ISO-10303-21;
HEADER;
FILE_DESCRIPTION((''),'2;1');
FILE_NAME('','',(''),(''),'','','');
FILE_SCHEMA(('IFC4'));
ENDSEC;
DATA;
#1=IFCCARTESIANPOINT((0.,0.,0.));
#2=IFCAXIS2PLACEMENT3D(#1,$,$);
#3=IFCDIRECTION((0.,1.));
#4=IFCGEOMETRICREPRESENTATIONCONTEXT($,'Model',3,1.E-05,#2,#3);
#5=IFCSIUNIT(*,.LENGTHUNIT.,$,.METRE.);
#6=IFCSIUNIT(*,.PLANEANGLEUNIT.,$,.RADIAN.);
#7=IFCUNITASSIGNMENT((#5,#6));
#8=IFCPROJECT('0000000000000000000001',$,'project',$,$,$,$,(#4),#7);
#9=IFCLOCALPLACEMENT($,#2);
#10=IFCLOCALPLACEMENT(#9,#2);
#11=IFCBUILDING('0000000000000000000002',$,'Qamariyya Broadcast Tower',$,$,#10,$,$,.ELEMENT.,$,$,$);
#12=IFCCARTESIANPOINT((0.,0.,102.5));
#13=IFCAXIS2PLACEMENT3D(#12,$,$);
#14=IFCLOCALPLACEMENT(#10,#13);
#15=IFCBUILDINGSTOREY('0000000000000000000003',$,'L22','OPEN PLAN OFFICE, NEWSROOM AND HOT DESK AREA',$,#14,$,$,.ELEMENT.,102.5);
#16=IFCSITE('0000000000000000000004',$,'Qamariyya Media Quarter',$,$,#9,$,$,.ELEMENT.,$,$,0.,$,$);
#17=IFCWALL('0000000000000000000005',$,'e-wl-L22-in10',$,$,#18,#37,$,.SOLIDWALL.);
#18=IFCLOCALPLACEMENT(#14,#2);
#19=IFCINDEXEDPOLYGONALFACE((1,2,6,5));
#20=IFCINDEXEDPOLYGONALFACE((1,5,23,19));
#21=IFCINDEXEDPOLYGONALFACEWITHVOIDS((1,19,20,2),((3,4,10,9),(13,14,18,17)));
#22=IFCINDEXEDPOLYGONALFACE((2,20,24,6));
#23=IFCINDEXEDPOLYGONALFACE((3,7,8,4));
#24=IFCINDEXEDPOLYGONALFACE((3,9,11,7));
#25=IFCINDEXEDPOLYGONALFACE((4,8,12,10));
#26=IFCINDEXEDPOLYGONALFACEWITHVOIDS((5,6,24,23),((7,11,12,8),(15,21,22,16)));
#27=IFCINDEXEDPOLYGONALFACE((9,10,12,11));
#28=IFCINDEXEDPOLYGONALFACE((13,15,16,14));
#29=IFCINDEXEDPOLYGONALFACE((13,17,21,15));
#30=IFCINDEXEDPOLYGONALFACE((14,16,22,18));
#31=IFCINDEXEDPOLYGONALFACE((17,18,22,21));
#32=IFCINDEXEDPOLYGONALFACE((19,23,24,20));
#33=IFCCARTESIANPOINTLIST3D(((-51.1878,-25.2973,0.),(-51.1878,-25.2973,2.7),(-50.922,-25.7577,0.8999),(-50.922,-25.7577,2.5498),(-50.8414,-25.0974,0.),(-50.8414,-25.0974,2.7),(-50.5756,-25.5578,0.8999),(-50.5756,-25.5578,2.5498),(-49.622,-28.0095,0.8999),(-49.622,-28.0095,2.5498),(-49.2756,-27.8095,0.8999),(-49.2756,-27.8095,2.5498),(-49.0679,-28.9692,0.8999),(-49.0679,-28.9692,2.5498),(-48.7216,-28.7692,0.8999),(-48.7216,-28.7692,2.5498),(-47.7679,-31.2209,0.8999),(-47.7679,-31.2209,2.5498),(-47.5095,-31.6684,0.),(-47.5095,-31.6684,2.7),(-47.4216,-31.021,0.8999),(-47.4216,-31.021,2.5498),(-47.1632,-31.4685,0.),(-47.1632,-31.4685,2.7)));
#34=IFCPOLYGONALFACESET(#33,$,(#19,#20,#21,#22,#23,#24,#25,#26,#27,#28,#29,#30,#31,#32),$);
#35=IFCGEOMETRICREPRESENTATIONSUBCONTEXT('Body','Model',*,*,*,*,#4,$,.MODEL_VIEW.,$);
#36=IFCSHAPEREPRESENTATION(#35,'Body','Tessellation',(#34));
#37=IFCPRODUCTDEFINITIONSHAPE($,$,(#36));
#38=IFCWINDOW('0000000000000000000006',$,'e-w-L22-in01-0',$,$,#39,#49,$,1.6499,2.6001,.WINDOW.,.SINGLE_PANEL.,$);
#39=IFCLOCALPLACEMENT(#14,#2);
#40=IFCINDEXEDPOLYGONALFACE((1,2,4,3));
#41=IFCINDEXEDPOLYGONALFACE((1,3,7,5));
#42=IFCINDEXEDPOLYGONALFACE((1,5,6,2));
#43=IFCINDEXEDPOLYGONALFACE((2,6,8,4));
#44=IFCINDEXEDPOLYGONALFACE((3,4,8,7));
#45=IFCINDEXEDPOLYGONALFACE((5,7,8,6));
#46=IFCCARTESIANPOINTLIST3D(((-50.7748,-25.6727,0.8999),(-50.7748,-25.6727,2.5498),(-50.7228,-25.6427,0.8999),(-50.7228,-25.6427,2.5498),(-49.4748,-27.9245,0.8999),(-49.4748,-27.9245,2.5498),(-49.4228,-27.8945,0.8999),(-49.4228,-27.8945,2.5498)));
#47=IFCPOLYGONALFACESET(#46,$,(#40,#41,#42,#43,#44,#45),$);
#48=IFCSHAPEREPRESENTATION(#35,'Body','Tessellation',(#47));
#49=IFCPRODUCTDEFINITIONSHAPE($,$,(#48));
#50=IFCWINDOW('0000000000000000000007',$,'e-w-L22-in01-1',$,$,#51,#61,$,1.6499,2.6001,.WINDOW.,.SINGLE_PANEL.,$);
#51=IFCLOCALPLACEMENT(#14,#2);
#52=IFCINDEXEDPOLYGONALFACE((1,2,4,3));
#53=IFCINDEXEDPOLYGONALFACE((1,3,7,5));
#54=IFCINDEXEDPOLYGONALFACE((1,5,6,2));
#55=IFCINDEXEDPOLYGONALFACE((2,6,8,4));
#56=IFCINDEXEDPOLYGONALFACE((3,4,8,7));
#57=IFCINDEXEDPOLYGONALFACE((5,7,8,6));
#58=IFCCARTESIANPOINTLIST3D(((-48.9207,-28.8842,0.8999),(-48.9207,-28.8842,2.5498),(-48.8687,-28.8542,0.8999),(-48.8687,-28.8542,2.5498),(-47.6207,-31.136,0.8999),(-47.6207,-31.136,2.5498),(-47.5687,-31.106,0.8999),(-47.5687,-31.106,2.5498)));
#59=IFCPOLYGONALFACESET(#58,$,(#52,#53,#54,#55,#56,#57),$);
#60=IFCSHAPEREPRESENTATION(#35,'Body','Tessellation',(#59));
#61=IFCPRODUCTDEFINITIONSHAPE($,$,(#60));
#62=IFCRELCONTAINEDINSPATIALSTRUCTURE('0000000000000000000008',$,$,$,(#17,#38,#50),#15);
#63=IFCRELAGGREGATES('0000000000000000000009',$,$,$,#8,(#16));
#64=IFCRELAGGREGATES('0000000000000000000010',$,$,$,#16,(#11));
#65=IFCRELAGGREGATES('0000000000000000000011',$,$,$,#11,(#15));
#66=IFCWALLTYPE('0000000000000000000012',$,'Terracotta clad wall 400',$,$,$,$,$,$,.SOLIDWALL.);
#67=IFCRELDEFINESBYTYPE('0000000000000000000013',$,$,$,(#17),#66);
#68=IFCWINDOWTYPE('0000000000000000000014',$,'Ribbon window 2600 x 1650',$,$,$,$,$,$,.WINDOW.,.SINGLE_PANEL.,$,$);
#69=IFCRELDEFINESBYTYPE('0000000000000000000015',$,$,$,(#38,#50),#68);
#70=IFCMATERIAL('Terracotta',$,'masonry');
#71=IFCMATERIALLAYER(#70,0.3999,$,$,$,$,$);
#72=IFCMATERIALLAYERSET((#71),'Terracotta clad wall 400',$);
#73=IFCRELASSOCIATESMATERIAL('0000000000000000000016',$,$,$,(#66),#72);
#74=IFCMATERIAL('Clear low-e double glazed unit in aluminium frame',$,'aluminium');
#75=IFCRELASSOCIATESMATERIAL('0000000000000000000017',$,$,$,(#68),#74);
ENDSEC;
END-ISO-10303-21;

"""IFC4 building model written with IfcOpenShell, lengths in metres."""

from ifc_helpers import new_model, si_unit, direction, frame, frame_2d, origin, place, context, subcontext, project, spatial, rectangle, extrude, material, layer, layer_set, type_object, element, fill, save


model = new_model("IFC4")

# Units and contexts
model_context = context("Model", 3, precision=1e-05, world=origin(), true_north=direction((0.0, 1.0)))
body_context = subcontext(model_context, "Body", "Model", "MODEL_VIEW")
ifc_project = project(units=[si_unit("LENGTHUNIT", "METRE"), si_unit("PLANEANGLEUNIT", "RADIAN")], contexts=[model_context])

# Site, building, storey
site_placement = place(None, origin())
site = spatial("IfcSite", under=ifc_project, at=site_placement, Name="Qamariyya Media Quarter", CompositionType="ELEMENT", RefElevation=0.0)
building_placement = place(site_placement, origin())
building = spatial("IfcBuilding", under=site, at=building_placement, Name="Qamariyya Broadcast Tower", CompositionType="ELEMENT")
storey_placement = place(building_placement, frame((0.0, 0.0, 102.5)))
storey = spatial("IfcBuildingStorey", under=building, at=storey_placement, Name="L22", Description="OPEN PLAN OFFICE, NEWSROOM AND HOT DESK AREA", CompositionType="ELEMENT", Elevation=102.5)

# Shared definitions
ifc_material_1 = material(Name="Terracotta", Category="masonry")
ifc_layer = layer(ifc_material_1, 0.3999)
ifc_layer_set = layer_set([ifc_layer], Name="Terracotta clad wall 400")
wall_type = type_object("IfcWallType", Name="Terracotta clad wall 400", PredefinedType="SOLIDWALL", material=ifc_layer_set)
ifc_material_2 = material(Name="Clear low-e double glazed unit in aluminium frame", Category="aluminium")

# Wall, openings, windows
wall_1_placement = place(storey_placement, frame((-47.3364, -31.5684, 0.0), z_axis=(0.0, 0.0, 1.0), x_axis=(-0.499987, 0.866033, 0.0)))
wall_1 = element("IfcWall", 1, at=wall_1_placement, inside=storey, type_object=wall_type, Name="e-wl-L22-in10", PredefinedType="SOLIDWALL", context=body_context, shape_type="SweptSolid", body=[
    extrude(rectangle(XDim=7.3567, YDim=0.3999, at=frame_2d((3.6782, 0.0))), origin(), (0.0, 0.0, 1.0), 2.7),
])
opening_1_placement = place(wall_1_placement, frame((4.2249, 0.0, 0.8999)))
opening_1 = element("IfcOpeningElement", 2, at=opening_1_placement, cuts=wall_1, PredefinedType="OPENING", context=body_context, shape_type="SweptSolid", body=[
    extrude(rectangle(XDim=2.6001, YDim=1.6499, at=frame_2d((1.3, 0.825))), frame((0.0, 0.21, 0.0), z_axis=(0.0, -1.0, 0.0), x_axis=(1.0, 0.0, 0.0)), (0.0, 0.0, 1.0), 0.4199),
])
opening_2_placement = place(wall_1_placement, frame((0.5166, 0.0, 0.8999)))
opening_2 = element("IfcOpeningElement", 3, at=opening_2_placement, cuts=wall_1, PredefinedType="OPENING", context=body_context, shape_type="SweptSolid", body=[
    extrude(rectangle(XDim=2.6001, YDim=1.6499, at=frame_2d((1.3, 0.825))), frame((0.0, 0.21, 0.0), z_axis=(0.0, -1.0, 0.0), x_axis=(1.0, 0.0, 0.0)), (0.0, 0.0, 1.0), 0.4199),
])
window_type_1 = type_object("IfcWindowType", Name="Ribbon window 2600 x 1650", PartitioningType="SINGLE_PANEL", PredefinedType="WINDOW", material=ifc_material_2)
window_1_placement = place(opening_1_placement, origin())
window_1 = element("IfcWindow", 4, at=window_1_placement, inside=storey, type_object=window_type_1, Name="e-w-L22-in01-0", OverallHeight=1.6499, OverallWidth=2.6001, PartitioningType="SINGLE_PANEL", PredefinedType="WINDOW", context=body_context, shape_type="SweptSolid", body=[
    extrude(rectangle(XDim=2.6001, YDim=1.6499, at=frame_2d((1.3, 0.825))), frame((0.0, 0.03, 0.0), z_axis=(0.0, -1.0, 0.0), x_axis=(1.0, 0.0, 0.0)), (0.0, 0.0, 1.0), 0.0601),
])
fill(opening_1, window_1)
window_2_placement = place(opening_2_placement, origin())
window_2 = element("IfcWindow", 5, at=window_2_placement, inside=storey, type_object=window_type_1, Name="e-w-L22-in01-1", OverallHeight=1.6499, OverallWidth=2.6001, PartitioningType="SINGLE_PANEL", PredefinedType="WINDOW", context=body_context, shape_type="SweptSolid", body=[
    extrude(rectangle(XDim=2.6001, YDim=1.6499, at=frame_2d((1.3, 0.825))), frame((0.0, 0.03, 0.0), z_axis=(0.0, -1.0, 0.0), x_axis=(1.0, 0.0, 0.0)), (0.0, 0.0, 1.0), 0.0601),
])
fill(opening_2, window_2)

save(model, "model.ifc")
